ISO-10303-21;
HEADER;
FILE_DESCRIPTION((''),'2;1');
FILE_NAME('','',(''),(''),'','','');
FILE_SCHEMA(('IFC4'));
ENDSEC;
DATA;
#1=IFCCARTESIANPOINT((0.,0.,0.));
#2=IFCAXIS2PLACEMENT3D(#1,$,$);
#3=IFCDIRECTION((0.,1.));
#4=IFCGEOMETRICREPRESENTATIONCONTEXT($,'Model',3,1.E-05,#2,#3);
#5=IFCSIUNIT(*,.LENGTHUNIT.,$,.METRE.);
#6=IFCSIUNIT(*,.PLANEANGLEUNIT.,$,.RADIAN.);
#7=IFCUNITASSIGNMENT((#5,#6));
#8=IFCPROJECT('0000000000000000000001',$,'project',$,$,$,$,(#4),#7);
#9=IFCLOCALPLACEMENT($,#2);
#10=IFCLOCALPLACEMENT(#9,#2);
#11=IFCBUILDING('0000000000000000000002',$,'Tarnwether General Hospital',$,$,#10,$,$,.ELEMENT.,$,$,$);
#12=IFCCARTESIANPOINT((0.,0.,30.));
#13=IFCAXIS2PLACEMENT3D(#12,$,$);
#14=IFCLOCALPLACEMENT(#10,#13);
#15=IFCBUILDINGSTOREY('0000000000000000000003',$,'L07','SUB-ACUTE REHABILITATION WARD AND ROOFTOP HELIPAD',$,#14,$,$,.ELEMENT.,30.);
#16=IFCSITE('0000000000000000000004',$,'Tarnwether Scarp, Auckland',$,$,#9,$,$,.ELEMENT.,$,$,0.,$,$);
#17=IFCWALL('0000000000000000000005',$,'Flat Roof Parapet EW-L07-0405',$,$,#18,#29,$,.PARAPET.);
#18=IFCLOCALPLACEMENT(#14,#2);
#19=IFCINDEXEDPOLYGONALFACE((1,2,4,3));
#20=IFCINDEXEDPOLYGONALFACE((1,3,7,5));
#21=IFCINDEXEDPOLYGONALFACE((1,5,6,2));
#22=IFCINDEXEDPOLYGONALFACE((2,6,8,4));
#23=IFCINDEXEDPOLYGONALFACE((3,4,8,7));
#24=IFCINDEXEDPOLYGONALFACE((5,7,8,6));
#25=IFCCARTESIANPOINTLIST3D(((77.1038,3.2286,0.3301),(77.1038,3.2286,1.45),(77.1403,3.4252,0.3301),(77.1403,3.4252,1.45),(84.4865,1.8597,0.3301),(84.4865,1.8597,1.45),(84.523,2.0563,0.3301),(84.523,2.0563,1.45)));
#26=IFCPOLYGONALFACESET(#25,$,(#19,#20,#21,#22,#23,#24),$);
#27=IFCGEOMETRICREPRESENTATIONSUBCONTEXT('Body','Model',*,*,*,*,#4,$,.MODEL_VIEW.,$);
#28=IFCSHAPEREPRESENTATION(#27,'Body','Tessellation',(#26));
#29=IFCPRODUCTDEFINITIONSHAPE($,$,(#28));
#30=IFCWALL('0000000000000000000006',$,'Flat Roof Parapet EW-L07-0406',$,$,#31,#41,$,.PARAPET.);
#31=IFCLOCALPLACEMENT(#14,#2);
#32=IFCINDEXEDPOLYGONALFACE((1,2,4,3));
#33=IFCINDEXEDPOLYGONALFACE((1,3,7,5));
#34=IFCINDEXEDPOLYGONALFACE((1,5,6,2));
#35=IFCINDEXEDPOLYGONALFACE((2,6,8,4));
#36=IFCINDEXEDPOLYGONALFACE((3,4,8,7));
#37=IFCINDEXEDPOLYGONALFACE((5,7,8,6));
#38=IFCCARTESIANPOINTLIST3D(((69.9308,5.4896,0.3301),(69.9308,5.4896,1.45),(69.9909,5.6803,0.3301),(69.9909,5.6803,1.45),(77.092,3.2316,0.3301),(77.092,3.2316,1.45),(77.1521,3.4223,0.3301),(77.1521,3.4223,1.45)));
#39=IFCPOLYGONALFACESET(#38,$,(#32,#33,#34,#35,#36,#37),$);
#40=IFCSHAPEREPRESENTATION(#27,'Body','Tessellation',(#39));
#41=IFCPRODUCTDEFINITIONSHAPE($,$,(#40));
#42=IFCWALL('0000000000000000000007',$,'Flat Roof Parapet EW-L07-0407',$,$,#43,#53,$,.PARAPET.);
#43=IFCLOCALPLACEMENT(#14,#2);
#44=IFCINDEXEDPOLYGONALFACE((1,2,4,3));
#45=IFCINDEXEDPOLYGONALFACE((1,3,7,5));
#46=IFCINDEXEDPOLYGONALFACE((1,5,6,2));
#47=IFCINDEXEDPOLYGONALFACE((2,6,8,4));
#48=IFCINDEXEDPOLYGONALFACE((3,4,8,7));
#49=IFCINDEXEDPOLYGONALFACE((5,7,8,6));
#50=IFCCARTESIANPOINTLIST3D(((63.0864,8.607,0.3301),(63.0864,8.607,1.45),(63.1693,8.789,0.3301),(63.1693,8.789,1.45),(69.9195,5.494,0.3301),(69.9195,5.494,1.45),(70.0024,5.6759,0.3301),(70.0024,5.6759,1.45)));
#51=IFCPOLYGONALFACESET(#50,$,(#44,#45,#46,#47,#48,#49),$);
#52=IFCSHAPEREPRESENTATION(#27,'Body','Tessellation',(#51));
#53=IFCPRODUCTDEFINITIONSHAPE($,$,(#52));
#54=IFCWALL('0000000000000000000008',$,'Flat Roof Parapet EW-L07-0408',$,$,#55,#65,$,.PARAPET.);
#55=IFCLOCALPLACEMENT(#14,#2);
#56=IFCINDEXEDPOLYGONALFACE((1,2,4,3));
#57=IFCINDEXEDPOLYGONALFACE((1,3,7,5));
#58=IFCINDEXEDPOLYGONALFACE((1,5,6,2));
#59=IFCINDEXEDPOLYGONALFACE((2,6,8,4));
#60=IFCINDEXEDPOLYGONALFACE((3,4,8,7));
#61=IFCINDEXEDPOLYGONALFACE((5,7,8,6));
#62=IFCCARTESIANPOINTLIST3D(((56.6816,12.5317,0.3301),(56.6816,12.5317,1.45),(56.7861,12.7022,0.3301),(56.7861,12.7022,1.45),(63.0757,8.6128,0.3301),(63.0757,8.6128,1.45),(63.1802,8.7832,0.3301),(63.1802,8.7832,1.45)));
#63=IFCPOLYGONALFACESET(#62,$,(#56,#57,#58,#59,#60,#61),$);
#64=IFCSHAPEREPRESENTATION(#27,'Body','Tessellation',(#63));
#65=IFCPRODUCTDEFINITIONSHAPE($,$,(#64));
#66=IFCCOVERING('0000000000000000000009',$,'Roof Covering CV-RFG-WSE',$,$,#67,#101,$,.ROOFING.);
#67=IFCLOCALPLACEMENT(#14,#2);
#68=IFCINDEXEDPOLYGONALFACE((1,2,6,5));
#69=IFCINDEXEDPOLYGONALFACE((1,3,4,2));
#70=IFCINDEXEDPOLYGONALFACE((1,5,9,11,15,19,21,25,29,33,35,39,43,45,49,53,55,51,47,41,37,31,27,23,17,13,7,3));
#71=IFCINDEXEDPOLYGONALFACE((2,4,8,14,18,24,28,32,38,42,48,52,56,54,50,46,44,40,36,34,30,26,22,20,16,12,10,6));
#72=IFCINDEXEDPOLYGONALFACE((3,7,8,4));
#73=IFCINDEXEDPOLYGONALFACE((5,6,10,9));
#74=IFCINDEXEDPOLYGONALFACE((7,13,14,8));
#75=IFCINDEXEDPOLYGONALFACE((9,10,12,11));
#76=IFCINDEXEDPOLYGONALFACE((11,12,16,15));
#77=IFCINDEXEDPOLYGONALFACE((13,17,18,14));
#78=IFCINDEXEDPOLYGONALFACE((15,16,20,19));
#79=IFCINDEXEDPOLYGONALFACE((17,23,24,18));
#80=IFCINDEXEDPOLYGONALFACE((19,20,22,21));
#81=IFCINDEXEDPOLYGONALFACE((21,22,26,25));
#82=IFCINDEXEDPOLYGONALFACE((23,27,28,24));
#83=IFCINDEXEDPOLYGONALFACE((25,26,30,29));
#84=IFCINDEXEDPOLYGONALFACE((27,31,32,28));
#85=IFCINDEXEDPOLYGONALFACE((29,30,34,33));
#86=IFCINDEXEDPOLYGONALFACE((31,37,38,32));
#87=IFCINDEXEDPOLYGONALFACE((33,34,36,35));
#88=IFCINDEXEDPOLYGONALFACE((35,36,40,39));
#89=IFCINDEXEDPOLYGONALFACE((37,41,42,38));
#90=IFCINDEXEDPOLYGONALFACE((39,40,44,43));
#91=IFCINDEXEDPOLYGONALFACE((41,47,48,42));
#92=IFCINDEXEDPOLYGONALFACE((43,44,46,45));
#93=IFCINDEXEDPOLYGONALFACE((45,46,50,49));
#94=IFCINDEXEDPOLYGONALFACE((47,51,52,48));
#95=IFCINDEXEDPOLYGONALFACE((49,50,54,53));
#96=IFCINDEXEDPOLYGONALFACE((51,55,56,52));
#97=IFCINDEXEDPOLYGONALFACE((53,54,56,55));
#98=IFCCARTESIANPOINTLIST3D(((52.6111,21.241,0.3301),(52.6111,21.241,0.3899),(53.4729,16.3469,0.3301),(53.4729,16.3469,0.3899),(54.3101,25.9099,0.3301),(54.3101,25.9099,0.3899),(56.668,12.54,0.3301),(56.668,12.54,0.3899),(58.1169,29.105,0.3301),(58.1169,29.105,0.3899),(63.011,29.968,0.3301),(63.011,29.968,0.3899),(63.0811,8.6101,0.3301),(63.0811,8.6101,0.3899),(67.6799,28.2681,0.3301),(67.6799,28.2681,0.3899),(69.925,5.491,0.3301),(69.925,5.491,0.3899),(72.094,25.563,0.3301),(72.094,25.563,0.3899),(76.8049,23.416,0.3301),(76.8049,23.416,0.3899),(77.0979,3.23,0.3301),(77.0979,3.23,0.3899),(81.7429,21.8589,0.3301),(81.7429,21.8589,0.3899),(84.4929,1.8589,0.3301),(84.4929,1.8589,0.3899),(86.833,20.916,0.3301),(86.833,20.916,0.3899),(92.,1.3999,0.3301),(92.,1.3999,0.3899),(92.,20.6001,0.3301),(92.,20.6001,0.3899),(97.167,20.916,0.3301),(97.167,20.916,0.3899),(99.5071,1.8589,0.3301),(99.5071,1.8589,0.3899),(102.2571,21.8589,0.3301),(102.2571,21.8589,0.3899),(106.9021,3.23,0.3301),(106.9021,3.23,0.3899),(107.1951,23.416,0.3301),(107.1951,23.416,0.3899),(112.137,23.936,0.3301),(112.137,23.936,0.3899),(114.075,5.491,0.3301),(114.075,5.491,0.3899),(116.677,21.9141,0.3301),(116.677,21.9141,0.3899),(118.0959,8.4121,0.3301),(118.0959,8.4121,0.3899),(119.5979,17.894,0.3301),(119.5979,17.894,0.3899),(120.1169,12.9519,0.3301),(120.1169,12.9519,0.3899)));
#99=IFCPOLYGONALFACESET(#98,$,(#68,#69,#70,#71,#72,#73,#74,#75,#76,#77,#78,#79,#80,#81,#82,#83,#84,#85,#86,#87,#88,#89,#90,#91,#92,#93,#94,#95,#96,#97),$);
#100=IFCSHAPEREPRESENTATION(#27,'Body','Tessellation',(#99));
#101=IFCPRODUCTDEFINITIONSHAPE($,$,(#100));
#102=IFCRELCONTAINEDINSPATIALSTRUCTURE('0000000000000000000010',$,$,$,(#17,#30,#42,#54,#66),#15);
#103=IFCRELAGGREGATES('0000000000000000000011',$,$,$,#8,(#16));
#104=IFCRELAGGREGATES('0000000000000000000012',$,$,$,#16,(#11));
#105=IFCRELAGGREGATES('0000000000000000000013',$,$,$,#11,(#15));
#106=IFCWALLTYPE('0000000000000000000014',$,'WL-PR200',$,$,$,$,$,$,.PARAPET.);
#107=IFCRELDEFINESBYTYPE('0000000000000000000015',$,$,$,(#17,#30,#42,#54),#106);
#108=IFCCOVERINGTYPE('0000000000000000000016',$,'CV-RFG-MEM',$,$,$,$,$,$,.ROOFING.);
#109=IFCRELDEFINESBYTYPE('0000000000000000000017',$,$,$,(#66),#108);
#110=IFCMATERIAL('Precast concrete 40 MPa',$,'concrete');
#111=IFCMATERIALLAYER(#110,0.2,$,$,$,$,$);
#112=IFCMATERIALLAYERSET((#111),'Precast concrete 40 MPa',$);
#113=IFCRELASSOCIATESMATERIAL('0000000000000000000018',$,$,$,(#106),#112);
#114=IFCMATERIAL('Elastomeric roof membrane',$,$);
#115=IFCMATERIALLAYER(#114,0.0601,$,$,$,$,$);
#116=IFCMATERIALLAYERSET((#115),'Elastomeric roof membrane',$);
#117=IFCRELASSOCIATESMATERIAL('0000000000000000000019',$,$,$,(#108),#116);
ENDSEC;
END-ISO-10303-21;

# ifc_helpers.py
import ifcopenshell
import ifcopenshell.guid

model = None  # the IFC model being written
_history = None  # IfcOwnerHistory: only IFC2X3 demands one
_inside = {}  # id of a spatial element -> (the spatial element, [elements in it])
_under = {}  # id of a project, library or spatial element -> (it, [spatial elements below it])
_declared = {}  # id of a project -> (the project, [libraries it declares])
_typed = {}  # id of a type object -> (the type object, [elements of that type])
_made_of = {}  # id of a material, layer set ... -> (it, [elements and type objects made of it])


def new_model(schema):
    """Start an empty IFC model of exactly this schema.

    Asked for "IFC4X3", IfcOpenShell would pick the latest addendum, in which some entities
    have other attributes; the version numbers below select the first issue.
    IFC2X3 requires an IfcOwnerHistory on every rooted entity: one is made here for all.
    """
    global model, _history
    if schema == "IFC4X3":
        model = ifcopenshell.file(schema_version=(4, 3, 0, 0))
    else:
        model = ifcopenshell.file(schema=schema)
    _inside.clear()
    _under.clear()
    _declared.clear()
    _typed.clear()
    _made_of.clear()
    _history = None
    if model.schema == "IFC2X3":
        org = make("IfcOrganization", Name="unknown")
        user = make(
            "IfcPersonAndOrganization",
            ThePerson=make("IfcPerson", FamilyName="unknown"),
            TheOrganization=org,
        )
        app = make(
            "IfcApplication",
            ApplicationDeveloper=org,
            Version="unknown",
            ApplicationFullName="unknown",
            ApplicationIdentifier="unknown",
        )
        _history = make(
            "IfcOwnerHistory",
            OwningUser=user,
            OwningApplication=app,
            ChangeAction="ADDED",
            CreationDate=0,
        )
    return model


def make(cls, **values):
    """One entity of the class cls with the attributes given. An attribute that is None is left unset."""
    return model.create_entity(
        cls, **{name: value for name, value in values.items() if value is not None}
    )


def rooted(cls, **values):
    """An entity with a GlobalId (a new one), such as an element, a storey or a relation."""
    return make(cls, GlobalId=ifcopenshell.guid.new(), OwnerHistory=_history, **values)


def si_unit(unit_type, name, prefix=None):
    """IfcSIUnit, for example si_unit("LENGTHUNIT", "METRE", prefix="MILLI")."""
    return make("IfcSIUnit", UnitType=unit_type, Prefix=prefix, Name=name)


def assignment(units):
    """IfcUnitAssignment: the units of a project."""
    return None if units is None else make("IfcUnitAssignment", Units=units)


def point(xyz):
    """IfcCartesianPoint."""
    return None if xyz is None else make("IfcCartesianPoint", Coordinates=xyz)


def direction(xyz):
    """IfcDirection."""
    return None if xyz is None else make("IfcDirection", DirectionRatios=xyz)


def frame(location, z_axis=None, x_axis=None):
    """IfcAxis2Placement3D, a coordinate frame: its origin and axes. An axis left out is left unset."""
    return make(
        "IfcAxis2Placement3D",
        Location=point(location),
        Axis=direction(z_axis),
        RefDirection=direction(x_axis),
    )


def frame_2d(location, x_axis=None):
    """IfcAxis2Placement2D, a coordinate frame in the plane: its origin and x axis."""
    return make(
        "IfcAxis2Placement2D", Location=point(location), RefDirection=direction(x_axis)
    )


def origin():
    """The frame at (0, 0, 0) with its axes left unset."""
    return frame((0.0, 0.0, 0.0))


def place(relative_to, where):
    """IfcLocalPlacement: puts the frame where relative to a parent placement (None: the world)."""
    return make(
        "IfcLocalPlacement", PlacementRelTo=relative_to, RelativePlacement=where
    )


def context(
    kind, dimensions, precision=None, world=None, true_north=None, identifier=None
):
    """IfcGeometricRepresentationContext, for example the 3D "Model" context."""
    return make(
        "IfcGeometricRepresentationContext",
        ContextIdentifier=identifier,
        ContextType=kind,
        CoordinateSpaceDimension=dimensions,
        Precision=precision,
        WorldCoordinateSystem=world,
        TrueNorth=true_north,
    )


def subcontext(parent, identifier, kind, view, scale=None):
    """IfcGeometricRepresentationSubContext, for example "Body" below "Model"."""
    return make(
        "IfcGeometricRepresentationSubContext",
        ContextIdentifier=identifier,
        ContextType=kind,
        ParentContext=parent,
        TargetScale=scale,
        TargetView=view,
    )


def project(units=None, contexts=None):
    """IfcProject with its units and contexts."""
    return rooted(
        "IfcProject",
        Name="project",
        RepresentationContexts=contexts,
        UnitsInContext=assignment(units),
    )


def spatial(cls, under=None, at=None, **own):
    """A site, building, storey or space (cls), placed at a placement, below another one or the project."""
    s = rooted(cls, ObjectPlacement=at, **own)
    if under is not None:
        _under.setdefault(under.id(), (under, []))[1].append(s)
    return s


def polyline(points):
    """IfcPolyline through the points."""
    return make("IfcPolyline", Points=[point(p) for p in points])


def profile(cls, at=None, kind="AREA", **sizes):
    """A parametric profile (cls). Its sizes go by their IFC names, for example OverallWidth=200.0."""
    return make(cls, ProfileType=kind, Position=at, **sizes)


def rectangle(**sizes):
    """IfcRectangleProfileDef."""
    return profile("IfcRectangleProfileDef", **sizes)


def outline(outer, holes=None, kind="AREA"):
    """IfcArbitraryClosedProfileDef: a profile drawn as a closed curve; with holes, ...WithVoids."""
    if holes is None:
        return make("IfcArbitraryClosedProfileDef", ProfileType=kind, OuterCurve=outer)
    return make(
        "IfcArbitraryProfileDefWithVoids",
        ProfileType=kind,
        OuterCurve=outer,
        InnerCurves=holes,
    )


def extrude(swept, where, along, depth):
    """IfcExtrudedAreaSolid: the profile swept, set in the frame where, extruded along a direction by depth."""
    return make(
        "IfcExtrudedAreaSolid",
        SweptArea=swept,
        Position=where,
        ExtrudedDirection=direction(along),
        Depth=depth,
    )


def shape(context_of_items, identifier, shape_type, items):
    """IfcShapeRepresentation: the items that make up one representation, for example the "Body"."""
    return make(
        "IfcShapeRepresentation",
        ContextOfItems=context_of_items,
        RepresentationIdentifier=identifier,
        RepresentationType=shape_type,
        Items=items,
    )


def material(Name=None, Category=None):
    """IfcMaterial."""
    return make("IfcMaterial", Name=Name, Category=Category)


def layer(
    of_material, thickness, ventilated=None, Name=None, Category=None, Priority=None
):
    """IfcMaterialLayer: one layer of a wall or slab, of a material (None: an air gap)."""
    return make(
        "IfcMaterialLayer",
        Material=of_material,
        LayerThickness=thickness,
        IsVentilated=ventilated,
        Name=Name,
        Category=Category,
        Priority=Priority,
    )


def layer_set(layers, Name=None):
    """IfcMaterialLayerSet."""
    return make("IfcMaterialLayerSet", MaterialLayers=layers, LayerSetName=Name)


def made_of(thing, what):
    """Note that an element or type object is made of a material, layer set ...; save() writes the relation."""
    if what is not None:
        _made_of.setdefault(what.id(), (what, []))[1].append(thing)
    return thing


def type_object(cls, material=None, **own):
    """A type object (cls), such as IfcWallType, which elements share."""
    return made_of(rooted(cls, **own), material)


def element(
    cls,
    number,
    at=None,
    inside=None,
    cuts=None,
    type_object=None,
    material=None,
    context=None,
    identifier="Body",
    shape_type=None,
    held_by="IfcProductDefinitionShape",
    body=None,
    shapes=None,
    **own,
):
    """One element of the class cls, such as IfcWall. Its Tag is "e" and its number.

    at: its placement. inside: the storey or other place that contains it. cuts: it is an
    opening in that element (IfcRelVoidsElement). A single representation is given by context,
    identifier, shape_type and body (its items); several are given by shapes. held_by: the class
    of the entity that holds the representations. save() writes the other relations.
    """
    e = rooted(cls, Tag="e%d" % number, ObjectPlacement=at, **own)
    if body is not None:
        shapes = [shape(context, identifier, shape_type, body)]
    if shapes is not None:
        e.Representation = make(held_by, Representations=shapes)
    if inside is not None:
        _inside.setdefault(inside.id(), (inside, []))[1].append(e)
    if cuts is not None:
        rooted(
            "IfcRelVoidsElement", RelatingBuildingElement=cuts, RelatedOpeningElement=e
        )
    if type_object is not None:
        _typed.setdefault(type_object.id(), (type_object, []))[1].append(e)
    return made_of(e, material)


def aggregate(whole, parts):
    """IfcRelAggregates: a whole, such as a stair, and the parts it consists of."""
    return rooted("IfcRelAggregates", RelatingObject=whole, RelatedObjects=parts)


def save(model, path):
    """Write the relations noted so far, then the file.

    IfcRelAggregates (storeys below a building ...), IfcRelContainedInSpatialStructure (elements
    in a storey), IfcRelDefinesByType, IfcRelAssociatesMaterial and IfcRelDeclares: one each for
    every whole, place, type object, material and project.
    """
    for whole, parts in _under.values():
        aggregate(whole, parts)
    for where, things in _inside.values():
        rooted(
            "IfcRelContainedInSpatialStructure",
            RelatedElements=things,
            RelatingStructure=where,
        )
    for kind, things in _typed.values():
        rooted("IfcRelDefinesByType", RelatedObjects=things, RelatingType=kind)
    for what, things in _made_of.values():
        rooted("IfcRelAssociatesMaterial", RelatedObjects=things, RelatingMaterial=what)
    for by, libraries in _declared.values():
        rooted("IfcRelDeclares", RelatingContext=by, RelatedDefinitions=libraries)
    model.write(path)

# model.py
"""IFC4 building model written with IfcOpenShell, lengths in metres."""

from ifc_helpers import new_model, si_unit, direction, frame, frame_2d, origin, place, context, subcontext, project, spatial, polyline, rectangle, outline, extrude, material, layer, layer_set, type_object, element, save


model = new_model("IFC4")

# Units and contexts
model_context = context("Model", 3, precision=1e-05, world=origin(), true_north=direction((0.0, 1.0)))
body_context = subcontext(model_context, "Body", "Model", "MODEL_VIEW")
ifc_project = project(units=[si_unit("LENGTHUNIT", "METRE"), si_unit("PLANEANGLEUNIT", "RADIAN")], contexts=[model_context])

# Site, building, storey
site_placement = place(None, origin())
site = spatial("IfcSite", under=ifc_project, at=site_placement, Name="Tarnwether Scarp, Auckland", CompositionType="ELEMENT", RefElevation=0.0)
building_placement = place(site_placement, origin())
building = spatial("IfcBuilding", under=site, at=building_placement, Name="Tarnwether General Hospital", CompositionType="ELEMENT")
storey_placement = place(building_placement, frame((0.0, 0.0, 30.0)))
storey = spatial("IfcBuildingStorey", under=building, at=storey_placement, Name="L07", Description="SUB-ACUTE REHABILITATION WARD AND ROOFTOP HELIPAD", CompositionType="ELEMENT", Elevation=30.0)

# Walls
ifc_material_1 = material(Name="Precast concrete 40 MPa", Category="concrete")
ifc_layer_1 = layer(ifc_material_1, 0.2)
ifc_layer_set_1 = layer_set([ifc_layer_1], Name="Precast concrete 40 MPa")
wall_type = type_object("IfcWallType", Name="WL-PR200", PredefinedType="PARAPET", material=ifc_layer_set_1)
wall_1_placement = place(storey_placement, frame((84.5049, 1.958, 0.3301), z_axis=(0.0, 0.0, 1.0), x_axis=(-0.983241, 0.182309, 0.0)))
element("IfcWall", 1, at=wall_1_placement, inside=storey, type_object=wall_type, Name="Flat Roof Parapet EW-L07-0405", PredefinedType="PARAPET", context=body_context, shape_type="SweptSolid", body=[
    extrude(rectangle(XDim=7.5085, YDim=0.2, at=frame_2d((3.7544, 0.0))), origin(), (0.0, 0.0, 1.0), 1.1199),
])
for number, where, z_axis, x_axis, name in (
    (2, (77.1221, 3.3269, 0.3301), (0.0, 0.0, 1.0), (-0.953711, 0.300725, 0.0), "Flat Roof Parapet EW-L07-0406"),
    (3, (69.9609, 5.585, 0.3301), (0.0, 0.0, 1.0), (-0.910009, 0.414589, 0.0), "Flat Roof Parapet EW-L07-0407"),
):
    element("IfcWall", number, at=place(storey_placement, frame(where, z_axis=z_axis, x_axis=x_axis)), inside=storey, type_object=wall_type, Name=name, PredefinedType="PARAPET", context=body_context, shape_type="SweptSolid", body=[
        extrude(rectangle(XDim=7.5088, YDim=0.2, at=frame_2d((3.7544, 0.0))), origin(), (0.0, 0.0, 1.0), 1.1199),
    ])
wall_2_placement = place(storey_placement, frame((63.1279, 8.698, 0.3301), z_axis=(0.0, 0.0, 1.0), x_axis=(-0.8526, 0.522564, 0.0)))
element("IfcWall", 4, at=wall_2_placement, inside=storey, type_object=wall_type, Name="Flat Roof Parapet EW-L07-0408", PredefinedType="PARAPET", context=body_context, shape_type="SweptSolid", body=[
    extrude(rectangle(XDim=7.4995, YDim=0.2, at=frame_2d((3.7498, 0.0))), origin(), (0.0, 0.0, 1.0), 1.1199),
])

# Covering
ifc_material_2 = material(Name="Elastomeric roof membrane")
ifc_layer_2 = layer(ifc_material_2, 0.0601)
ifc_layer_set_2 = layer_set([ifc_layer_2], Name="Elastomeric roof membrane")
covering_type = type_object("IfcCoveringType", Name="CV-RFG-MEM", PredefinedType="ROOFING", material=ifc_layer_set_2)
covering_placement = place(storey_placement, frame((0.0, 0.0, 0.3301)))
element("IfcCovering", 5, at=covering_placement, inside=storey, type_object=covering_type, Name="Roof Covering CV-RFG-WSE", PredefinedType="ROOFING", context=body_context, shape_type="SweptSolid", body=[
    extrude(outline(polyline([(56.668, 12.54), (63.0811, 8.6101), (69.925, 5.491), (77.0979, 3.23), (84.4929, 1.8589), (92.0, 1.3999), (99.5071, 1.8589), (106.9021, 3.23), (114.075, 5.491), (118.0959, 8.4121), (120.1169, 12.9519), (119.5979, 17.894), (116.677, 21.9141), (112.137, 23.936), (107.1951, 23.416), (102.2571, 21.8589), (97.167, 20.916), (92.0, 20.6001), (86.833, 20.916), (81.7429, 21.8589), (76.8049, 23.416), (72.094, 25.563), (67.6799, 28.2681), (63.011, 29.968), (58.1169, 29.105), (54.3101, 25.9099), (52.6111, 21.241), (53.4729, 16.3469), (56.668, 12.54)])), origin(), (0.0, 0.0, 1.0), 0.0598),
])

save(model, "model.ifc")
